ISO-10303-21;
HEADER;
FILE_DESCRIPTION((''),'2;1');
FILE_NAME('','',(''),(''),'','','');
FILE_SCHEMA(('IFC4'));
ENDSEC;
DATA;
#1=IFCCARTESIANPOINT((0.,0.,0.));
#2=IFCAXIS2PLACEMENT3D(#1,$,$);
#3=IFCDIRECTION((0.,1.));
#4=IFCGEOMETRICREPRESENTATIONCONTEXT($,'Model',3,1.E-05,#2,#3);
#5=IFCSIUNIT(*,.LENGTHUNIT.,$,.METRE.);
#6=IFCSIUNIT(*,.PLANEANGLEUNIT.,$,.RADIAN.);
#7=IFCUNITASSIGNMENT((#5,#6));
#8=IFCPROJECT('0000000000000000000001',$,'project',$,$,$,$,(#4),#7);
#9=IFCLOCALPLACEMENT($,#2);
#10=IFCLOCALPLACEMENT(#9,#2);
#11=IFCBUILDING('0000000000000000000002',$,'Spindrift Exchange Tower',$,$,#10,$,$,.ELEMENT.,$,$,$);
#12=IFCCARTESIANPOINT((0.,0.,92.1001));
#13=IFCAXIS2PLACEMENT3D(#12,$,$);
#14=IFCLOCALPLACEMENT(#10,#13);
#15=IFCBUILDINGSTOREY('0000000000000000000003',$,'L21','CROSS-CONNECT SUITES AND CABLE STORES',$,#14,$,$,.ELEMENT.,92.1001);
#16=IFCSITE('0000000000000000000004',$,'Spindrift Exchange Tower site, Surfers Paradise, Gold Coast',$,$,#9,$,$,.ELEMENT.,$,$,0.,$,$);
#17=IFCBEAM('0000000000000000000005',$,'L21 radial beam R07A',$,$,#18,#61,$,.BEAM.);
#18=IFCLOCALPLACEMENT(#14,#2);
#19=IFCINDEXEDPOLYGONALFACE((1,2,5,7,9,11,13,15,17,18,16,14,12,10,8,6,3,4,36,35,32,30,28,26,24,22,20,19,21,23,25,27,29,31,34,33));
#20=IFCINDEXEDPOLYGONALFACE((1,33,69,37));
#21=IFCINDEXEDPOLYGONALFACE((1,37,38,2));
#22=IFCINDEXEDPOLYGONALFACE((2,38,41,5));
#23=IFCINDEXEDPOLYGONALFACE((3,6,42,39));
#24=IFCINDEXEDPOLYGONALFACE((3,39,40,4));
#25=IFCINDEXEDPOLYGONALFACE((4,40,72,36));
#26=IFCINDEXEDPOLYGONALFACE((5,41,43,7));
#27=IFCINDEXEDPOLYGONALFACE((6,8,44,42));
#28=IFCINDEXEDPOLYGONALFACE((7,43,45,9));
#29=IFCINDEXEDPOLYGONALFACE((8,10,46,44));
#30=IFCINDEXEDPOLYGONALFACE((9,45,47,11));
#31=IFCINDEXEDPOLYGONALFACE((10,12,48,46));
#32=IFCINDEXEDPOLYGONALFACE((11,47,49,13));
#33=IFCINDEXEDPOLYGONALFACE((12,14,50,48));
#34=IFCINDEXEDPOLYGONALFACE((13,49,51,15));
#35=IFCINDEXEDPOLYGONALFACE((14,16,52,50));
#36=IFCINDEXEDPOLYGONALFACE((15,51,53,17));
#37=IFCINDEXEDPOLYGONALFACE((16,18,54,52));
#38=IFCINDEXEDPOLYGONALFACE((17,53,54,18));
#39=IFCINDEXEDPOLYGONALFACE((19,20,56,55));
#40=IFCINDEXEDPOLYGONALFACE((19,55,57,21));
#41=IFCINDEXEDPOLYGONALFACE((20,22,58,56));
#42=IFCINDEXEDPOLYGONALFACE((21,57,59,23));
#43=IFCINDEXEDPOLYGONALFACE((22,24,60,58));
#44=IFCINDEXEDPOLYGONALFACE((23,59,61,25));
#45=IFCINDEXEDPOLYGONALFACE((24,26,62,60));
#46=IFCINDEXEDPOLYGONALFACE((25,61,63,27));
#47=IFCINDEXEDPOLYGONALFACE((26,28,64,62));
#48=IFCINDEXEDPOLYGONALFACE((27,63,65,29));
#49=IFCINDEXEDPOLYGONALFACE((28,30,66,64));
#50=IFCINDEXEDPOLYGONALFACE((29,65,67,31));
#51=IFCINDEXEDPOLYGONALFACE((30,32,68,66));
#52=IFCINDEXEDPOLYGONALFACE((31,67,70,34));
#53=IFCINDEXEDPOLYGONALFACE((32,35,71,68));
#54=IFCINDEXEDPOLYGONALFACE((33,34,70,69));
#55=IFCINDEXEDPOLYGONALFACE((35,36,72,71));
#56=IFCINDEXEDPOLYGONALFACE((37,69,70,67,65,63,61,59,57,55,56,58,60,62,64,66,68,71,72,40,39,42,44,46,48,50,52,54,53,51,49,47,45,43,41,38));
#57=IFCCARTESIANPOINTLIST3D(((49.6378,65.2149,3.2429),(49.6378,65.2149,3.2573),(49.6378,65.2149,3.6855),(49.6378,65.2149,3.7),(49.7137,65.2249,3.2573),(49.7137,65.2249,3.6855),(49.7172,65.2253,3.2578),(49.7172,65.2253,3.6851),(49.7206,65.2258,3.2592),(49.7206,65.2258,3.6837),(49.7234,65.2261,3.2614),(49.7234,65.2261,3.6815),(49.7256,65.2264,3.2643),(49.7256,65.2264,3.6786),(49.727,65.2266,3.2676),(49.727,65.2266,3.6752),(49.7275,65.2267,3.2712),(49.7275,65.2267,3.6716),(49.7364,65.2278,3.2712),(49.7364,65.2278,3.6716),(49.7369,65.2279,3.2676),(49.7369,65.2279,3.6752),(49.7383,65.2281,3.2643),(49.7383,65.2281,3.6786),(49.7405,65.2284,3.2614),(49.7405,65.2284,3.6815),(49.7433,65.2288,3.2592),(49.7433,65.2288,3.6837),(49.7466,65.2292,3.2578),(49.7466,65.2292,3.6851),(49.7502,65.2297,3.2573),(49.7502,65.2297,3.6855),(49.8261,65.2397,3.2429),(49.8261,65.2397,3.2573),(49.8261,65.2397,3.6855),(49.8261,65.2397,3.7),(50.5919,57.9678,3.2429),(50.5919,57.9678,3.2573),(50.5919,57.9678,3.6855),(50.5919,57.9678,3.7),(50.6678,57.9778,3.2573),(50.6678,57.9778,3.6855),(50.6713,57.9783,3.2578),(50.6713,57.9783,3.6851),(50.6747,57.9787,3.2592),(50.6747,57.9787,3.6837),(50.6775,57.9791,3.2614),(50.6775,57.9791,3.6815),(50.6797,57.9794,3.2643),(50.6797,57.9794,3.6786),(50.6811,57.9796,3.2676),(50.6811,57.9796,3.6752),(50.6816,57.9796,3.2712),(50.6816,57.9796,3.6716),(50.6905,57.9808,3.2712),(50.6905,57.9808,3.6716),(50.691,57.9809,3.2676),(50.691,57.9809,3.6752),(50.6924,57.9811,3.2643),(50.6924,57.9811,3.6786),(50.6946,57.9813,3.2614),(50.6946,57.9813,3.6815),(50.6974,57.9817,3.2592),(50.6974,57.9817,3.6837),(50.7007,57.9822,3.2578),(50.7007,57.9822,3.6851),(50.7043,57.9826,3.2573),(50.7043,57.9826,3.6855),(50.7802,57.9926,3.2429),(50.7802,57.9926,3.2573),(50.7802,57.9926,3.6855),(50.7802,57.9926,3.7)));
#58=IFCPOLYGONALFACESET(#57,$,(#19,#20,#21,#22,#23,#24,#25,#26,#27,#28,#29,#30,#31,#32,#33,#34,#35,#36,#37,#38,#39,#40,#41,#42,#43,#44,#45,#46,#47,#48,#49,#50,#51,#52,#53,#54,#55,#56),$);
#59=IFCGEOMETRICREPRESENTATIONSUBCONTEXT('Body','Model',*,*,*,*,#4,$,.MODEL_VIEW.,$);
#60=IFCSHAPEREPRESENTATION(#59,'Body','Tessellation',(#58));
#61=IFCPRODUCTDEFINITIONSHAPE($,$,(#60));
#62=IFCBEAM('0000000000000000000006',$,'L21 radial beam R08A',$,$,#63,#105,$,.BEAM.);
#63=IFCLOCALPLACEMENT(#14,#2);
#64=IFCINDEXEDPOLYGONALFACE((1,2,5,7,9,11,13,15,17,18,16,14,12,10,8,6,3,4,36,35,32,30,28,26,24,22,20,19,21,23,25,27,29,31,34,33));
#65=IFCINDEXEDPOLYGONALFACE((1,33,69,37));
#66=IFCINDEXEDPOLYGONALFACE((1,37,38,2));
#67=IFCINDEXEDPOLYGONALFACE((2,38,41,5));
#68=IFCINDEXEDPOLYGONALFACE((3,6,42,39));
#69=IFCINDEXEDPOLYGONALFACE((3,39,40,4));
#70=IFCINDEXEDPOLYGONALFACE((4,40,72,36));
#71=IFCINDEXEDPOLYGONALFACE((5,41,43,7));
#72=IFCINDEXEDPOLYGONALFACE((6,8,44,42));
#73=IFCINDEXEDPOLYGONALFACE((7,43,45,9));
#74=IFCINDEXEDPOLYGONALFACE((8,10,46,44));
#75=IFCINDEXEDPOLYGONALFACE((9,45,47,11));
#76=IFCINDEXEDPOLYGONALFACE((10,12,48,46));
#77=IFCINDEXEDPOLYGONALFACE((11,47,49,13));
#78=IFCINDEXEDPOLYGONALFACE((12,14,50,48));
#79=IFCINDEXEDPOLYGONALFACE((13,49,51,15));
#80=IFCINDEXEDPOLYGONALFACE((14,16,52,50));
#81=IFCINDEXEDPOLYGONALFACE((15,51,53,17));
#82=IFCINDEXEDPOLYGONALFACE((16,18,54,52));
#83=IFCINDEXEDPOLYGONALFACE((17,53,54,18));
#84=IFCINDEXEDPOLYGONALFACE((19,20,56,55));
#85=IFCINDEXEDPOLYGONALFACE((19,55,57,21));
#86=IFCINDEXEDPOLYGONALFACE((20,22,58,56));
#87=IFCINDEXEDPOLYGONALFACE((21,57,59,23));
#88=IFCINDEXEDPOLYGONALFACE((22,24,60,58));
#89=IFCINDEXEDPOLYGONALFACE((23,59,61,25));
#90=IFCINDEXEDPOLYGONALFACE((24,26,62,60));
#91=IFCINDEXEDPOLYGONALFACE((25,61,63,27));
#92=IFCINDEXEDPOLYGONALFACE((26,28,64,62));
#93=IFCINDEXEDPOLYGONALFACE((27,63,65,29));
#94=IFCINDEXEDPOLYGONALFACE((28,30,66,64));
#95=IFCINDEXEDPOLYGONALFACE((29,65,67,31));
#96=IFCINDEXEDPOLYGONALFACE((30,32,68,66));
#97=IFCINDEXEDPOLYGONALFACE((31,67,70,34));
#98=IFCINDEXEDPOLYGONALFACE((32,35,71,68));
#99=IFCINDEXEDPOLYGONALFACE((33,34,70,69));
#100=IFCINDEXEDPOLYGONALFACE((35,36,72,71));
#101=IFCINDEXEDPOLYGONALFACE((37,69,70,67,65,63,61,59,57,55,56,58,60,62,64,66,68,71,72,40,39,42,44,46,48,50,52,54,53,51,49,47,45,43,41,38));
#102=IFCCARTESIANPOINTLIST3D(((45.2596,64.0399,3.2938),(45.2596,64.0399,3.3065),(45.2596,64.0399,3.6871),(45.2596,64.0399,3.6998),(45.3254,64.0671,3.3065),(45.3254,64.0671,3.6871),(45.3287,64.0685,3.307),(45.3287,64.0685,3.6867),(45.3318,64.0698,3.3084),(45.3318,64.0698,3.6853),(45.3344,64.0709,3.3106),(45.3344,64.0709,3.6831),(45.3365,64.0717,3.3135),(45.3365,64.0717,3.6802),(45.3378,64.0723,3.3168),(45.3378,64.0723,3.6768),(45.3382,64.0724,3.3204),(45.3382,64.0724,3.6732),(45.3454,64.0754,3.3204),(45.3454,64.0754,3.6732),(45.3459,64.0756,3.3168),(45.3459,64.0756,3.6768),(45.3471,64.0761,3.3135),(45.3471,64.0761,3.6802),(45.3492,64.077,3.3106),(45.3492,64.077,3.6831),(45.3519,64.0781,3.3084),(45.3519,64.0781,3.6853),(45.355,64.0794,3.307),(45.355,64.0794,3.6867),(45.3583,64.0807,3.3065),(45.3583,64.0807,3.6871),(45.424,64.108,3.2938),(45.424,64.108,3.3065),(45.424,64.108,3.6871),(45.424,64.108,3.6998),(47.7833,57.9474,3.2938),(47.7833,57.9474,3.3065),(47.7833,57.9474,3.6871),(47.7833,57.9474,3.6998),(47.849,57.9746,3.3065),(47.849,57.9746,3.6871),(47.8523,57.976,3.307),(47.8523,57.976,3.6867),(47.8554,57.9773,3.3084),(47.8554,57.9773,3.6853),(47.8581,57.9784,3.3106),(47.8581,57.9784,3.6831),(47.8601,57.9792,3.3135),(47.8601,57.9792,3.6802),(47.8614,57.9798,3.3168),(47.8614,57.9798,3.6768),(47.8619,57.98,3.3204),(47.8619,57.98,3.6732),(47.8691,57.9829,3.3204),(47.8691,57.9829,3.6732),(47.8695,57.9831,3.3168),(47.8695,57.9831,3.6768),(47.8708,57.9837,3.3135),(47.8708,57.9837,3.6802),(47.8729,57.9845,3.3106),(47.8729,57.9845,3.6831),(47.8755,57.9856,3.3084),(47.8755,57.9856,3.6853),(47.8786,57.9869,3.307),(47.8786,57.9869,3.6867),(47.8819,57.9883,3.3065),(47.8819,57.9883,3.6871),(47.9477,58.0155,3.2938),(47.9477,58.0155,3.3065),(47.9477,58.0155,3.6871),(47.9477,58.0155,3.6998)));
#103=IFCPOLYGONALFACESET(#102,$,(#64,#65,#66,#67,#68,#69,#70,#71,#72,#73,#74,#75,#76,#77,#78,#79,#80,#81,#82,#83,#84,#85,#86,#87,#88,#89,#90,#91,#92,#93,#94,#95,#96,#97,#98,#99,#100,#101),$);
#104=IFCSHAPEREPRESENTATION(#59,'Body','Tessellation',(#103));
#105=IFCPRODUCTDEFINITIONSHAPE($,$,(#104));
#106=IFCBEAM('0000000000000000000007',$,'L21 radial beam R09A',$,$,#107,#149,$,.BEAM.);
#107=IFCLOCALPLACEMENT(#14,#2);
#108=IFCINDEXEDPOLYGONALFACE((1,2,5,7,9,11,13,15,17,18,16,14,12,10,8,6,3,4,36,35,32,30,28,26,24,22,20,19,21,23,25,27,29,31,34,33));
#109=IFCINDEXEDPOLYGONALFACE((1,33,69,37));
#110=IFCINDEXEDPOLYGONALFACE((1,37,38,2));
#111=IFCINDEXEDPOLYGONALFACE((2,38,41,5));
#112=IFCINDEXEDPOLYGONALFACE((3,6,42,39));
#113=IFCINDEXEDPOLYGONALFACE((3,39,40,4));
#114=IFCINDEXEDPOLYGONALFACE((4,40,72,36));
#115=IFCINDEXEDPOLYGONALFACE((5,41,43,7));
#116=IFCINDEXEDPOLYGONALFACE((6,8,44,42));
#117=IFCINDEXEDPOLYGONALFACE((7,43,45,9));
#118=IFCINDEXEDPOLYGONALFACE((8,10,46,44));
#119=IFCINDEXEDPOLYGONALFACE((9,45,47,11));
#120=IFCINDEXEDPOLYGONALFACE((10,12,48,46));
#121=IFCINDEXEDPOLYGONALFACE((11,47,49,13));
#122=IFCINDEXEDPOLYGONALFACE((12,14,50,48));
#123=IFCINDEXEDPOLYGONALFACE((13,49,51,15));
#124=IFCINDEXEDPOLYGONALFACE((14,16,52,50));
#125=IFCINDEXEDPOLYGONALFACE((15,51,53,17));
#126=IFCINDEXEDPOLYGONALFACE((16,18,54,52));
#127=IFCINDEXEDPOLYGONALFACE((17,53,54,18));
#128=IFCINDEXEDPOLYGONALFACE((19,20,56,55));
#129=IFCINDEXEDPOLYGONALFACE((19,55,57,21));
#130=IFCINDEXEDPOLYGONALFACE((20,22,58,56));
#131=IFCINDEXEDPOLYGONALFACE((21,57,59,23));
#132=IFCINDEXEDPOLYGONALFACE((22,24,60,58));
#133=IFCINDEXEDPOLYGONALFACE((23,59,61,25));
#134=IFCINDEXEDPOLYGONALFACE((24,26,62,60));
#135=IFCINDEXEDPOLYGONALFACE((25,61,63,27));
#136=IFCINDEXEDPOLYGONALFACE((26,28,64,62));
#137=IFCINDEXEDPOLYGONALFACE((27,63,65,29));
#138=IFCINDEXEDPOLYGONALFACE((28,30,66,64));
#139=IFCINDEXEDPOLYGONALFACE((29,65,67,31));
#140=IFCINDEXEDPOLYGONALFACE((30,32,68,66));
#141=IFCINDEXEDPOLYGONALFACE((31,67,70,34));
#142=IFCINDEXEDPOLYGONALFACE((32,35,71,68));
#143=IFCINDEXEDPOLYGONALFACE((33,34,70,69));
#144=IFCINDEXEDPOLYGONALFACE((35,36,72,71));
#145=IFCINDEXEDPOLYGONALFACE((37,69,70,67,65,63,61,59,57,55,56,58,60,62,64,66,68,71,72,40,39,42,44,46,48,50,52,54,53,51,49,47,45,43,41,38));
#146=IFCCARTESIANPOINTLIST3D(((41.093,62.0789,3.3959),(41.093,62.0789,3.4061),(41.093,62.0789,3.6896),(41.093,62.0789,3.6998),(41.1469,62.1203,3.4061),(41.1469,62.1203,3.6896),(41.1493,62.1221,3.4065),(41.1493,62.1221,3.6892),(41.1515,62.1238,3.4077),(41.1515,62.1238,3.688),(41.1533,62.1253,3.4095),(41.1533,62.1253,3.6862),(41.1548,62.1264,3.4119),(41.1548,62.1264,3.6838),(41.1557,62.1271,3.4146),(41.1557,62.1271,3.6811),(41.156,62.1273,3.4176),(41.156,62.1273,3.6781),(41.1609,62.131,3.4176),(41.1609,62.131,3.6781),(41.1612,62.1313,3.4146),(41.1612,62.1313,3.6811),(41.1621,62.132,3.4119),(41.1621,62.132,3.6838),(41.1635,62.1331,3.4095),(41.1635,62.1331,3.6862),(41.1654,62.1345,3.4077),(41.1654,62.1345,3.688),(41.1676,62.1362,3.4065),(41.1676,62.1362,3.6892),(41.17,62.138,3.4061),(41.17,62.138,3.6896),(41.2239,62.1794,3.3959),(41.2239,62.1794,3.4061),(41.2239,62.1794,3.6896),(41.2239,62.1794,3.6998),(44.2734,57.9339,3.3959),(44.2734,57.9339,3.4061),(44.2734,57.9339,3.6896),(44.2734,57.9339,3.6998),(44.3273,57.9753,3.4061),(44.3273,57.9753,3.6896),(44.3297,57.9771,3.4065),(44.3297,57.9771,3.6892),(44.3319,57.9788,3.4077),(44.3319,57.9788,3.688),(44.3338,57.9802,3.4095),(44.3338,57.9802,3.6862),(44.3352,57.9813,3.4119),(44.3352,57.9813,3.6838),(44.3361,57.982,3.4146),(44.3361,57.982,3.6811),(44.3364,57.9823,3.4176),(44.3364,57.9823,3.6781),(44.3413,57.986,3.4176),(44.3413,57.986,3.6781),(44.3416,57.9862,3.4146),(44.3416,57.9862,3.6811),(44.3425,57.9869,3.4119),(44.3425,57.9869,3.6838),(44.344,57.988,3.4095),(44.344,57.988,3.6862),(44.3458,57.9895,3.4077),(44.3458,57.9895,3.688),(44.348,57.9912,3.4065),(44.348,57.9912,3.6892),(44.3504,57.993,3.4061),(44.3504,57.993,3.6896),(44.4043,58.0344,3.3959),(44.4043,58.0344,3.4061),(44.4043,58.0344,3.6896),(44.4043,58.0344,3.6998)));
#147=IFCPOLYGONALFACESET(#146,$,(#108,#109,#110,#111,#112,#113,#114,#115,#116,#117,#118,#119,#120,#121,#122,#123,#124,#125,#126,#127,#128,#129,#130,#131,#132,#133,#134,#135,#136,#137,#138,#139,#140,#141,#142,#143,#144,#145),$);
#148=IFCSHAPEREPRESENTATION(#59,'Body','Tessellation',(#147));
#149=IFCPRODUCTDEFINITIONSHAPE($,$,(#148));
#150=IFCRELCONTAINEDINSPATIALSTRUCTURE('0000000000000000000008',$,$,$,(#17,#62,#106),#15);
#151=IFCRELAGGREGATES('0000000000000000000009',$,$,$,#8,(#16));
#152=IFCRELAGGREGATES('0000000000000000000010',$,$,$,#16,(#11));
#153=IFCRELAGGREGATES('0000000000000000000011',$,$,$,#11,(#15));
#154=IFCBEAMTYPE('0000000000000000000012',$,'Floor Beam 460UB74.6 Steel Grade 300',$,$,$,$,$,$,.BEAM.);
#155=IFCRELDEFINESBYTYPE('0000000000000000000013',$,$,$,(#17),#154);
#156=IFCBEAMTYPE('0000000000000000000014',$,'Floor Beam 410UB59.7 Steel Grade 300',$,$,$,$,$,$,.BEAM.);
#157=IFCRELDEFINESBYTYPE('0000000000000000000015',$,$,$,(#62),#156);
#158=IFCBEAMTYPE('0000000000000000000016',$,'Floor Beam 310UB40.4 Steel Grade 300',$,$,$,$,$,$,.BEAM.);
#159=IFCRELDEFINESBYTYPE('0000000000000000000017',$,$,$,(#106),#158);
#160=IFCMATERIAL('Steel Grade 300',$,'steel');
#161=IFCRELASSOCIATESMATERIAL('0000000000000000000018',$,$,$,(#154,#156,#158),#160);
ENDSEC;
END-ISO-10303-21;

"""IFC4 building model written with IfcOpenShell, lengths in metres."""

from ifc_helpers import new_model, si_unit, direction, frame, origin, origin_2d, place, context, subcontext, project, spatial, i_section, extrude, source, transform, mapped, material, material_profile, profile_set, type_object, element, save


model = new_model("IFC4")

# Units and contexts
model_context = context("Model", 3, precision=1e-05, world=origin(), true_north=direction((0.0, 1.0)))
body_context = subcontext(model_context, "Body", "Model", "MODEL_VIEW")
ifc_project = project(units=[si_unit("LENGTHUNIT", "METRE"), si_unit("PLANEANGLEUNIT", "RADIAN")], contexts=[model_context])

# Site, building, storey
site_placement = place(None, origin())
site = spatial("IfcSite", under=ifc_project, at=site_placement, Name="Spindrift Exchange Tower site, Surfers Paradise, Gold Coast", CompositionType="ELEMENT", RefElevation=0.0)
building_placement = place(site_placement, origin())
building = spatial("IfcBuilding", under=site, at=building_placement, Name="Spindrift Exchange Tower", CompositionType="ELEMENT")
storey_placement = place(building_placement, frame((0.0, 0.0, 92.1001)))
storey = spatial("IfcBuildingStorey", under=building, at=storey_placement, Name="L21", Description="CROSS-CONNECT SUITES AND CABLE STORES", CompositionType="ELEMENT", Elevation=92.1001)

# Beams
ifc_material_1 = material(Name="Steel Grade 300", Category="steel")
ifc_material_profile_1 = material_profile(ifc_material_1, i_section(OverallWidth=0.1899, OverallDepth=0.457, WebThickness=0.009, FlangeThickness=0.0144, FilletRadius=0.0139, at=origin_2d()), Name="460UB74.6")
ifc_profile_set_1 = profile_set([ifc_material_profile_1], Name="Steel Grade 300")
beam_type_1 = type_object("IfcBeamType", Name="Floor Beam 460UB74.6 Steel Grade 300", PredefinedType="BEAM", material=ifc_profile_set_1)
shared_shape_1 = source(origin(), body_context, "Body", "SweptSolid", [
    extrude(i_section(OverallWidth=0.1899, OverallDepth=0.457, WebThickness=0.009, FlangeThickness=0.0144, FilletRadius=0.0139, at=origin_2d()), origin(), (0.0, 0.0, 1.0), 7.3096),
])
beam_1_placement = place(storey_placement, frame((50.686, 57.9802, 3.4714), z_axis=(-0.130527, 0.991445, 0.0), x_axis=(-0.991445, -0.130527, 0.0)))
element("IfcBeam", 1, at=beam_1_placement, inside=storey, type_object=beam_type_1, Name="L21 radial beam R07A", PredefinedType="BEAM", context=body_context, shape_type="MappedRepresentation", body=[
    mapped(shared_shape_1, transform((0.0, 0.0, 0.0), scale=1.0)),
])
ifc_material_profile_2 = material_profile(ifc_material_1, i_section(OverallWidth=0.178, OverallDepth=0.406, WebThickness=0.0078, FlangeThickness=0.0127, FilletRadius=0.0139, at=origin_2d()), Name="410UB59.7")
ifc_profile_set_2 = profile_set([ifc_material_profile_2], Name="Steel Grade 300")
beam_type_2 = type_object("IfcBeamType", Name="Floor Beam 410UB59.7 Steel Grade 300", PredefinedType="BEAM", material=ifc_profile_set_2)
shared_shape_2 = source(origin(), body_context, "Body", "SweptSolid", [
    extrude(i_section(OverallWidth=0.178, OverallDepth=0.406, WebThickness=0.0078, FlangeThickness=0.0127, FilletRadius=0.0139, at=origin_2d()), origin(), (0.0, 0.0, 1.0), 6.5945),
])
beam_2_placement = place(storey_placement, frame((47.8655, 57.9814, 3.4968), z_axis=(-0.382693, 0.923876, 0.0), x_axis=(-0.923876, -0.382693, 0.0)))
element("IfcBeam", 2, at=beam_2_placement, inside=storey, type_object=beam_type_2, Name="L21 radial beam R08A", PredefinedType="BEAM", context=body_context, shape_type="MappedRepresentation", body=[
    mapped(shared_shape_2, transform((0.0, 0.0, 0.0), scale=1.0)),
])
ifc_material_profile_3 = material_profile(ifc_material_1, i_section(OverallWidth=0.165, OverallDepth=0.304, WebThickness=0.0061, FlangeThickness=0.0103, FilletRadius=0.0115, at=origin_2d()), Name="310UB40.4")
ifc_profile_set_3 = profile_set([ifc_material_profile_3], Name="Steel Grade 300")
beam_type_3 = type_object("IfcBeamType", Name="Floor Beam 310UB40.4 Steel Grade 300", PredefinedType="BEAM", material=ifc_profile_set_3)
shared_shape_3 = source(origin(), body_context, "Body", "SweptSolid", [
    extrude(i_section(OverallWidth=0.165, OverallDepth=0.304, WebThickness=0.0061, FlangeThickness=0.0103, FilletRadius=0.0115, at=origin_2d()), origin(), (0.0, 0.0, 1.0), 5.2246),
])
beam_3_placement = place(storey_placement, frame((44.3389, 57.9841, 3.5479), z_axis=(-0.608741, 0.793369, 0.0), x_axis=(-0.793369, -0.608741, 0.0)))
element("IfcBeam", 3, at=beam_3_placement, inside=storey, type_object=beam_type_3, Name="L21 radial beam R09A", PredefinedType="BEAM", context=body_context, shape_type="MappedRepresentation", body=[
    mapped(shared_shape_3, transform((0.0, 0.0, 0.0), scale=1.0)),
])

save(model, "model.ifc")
